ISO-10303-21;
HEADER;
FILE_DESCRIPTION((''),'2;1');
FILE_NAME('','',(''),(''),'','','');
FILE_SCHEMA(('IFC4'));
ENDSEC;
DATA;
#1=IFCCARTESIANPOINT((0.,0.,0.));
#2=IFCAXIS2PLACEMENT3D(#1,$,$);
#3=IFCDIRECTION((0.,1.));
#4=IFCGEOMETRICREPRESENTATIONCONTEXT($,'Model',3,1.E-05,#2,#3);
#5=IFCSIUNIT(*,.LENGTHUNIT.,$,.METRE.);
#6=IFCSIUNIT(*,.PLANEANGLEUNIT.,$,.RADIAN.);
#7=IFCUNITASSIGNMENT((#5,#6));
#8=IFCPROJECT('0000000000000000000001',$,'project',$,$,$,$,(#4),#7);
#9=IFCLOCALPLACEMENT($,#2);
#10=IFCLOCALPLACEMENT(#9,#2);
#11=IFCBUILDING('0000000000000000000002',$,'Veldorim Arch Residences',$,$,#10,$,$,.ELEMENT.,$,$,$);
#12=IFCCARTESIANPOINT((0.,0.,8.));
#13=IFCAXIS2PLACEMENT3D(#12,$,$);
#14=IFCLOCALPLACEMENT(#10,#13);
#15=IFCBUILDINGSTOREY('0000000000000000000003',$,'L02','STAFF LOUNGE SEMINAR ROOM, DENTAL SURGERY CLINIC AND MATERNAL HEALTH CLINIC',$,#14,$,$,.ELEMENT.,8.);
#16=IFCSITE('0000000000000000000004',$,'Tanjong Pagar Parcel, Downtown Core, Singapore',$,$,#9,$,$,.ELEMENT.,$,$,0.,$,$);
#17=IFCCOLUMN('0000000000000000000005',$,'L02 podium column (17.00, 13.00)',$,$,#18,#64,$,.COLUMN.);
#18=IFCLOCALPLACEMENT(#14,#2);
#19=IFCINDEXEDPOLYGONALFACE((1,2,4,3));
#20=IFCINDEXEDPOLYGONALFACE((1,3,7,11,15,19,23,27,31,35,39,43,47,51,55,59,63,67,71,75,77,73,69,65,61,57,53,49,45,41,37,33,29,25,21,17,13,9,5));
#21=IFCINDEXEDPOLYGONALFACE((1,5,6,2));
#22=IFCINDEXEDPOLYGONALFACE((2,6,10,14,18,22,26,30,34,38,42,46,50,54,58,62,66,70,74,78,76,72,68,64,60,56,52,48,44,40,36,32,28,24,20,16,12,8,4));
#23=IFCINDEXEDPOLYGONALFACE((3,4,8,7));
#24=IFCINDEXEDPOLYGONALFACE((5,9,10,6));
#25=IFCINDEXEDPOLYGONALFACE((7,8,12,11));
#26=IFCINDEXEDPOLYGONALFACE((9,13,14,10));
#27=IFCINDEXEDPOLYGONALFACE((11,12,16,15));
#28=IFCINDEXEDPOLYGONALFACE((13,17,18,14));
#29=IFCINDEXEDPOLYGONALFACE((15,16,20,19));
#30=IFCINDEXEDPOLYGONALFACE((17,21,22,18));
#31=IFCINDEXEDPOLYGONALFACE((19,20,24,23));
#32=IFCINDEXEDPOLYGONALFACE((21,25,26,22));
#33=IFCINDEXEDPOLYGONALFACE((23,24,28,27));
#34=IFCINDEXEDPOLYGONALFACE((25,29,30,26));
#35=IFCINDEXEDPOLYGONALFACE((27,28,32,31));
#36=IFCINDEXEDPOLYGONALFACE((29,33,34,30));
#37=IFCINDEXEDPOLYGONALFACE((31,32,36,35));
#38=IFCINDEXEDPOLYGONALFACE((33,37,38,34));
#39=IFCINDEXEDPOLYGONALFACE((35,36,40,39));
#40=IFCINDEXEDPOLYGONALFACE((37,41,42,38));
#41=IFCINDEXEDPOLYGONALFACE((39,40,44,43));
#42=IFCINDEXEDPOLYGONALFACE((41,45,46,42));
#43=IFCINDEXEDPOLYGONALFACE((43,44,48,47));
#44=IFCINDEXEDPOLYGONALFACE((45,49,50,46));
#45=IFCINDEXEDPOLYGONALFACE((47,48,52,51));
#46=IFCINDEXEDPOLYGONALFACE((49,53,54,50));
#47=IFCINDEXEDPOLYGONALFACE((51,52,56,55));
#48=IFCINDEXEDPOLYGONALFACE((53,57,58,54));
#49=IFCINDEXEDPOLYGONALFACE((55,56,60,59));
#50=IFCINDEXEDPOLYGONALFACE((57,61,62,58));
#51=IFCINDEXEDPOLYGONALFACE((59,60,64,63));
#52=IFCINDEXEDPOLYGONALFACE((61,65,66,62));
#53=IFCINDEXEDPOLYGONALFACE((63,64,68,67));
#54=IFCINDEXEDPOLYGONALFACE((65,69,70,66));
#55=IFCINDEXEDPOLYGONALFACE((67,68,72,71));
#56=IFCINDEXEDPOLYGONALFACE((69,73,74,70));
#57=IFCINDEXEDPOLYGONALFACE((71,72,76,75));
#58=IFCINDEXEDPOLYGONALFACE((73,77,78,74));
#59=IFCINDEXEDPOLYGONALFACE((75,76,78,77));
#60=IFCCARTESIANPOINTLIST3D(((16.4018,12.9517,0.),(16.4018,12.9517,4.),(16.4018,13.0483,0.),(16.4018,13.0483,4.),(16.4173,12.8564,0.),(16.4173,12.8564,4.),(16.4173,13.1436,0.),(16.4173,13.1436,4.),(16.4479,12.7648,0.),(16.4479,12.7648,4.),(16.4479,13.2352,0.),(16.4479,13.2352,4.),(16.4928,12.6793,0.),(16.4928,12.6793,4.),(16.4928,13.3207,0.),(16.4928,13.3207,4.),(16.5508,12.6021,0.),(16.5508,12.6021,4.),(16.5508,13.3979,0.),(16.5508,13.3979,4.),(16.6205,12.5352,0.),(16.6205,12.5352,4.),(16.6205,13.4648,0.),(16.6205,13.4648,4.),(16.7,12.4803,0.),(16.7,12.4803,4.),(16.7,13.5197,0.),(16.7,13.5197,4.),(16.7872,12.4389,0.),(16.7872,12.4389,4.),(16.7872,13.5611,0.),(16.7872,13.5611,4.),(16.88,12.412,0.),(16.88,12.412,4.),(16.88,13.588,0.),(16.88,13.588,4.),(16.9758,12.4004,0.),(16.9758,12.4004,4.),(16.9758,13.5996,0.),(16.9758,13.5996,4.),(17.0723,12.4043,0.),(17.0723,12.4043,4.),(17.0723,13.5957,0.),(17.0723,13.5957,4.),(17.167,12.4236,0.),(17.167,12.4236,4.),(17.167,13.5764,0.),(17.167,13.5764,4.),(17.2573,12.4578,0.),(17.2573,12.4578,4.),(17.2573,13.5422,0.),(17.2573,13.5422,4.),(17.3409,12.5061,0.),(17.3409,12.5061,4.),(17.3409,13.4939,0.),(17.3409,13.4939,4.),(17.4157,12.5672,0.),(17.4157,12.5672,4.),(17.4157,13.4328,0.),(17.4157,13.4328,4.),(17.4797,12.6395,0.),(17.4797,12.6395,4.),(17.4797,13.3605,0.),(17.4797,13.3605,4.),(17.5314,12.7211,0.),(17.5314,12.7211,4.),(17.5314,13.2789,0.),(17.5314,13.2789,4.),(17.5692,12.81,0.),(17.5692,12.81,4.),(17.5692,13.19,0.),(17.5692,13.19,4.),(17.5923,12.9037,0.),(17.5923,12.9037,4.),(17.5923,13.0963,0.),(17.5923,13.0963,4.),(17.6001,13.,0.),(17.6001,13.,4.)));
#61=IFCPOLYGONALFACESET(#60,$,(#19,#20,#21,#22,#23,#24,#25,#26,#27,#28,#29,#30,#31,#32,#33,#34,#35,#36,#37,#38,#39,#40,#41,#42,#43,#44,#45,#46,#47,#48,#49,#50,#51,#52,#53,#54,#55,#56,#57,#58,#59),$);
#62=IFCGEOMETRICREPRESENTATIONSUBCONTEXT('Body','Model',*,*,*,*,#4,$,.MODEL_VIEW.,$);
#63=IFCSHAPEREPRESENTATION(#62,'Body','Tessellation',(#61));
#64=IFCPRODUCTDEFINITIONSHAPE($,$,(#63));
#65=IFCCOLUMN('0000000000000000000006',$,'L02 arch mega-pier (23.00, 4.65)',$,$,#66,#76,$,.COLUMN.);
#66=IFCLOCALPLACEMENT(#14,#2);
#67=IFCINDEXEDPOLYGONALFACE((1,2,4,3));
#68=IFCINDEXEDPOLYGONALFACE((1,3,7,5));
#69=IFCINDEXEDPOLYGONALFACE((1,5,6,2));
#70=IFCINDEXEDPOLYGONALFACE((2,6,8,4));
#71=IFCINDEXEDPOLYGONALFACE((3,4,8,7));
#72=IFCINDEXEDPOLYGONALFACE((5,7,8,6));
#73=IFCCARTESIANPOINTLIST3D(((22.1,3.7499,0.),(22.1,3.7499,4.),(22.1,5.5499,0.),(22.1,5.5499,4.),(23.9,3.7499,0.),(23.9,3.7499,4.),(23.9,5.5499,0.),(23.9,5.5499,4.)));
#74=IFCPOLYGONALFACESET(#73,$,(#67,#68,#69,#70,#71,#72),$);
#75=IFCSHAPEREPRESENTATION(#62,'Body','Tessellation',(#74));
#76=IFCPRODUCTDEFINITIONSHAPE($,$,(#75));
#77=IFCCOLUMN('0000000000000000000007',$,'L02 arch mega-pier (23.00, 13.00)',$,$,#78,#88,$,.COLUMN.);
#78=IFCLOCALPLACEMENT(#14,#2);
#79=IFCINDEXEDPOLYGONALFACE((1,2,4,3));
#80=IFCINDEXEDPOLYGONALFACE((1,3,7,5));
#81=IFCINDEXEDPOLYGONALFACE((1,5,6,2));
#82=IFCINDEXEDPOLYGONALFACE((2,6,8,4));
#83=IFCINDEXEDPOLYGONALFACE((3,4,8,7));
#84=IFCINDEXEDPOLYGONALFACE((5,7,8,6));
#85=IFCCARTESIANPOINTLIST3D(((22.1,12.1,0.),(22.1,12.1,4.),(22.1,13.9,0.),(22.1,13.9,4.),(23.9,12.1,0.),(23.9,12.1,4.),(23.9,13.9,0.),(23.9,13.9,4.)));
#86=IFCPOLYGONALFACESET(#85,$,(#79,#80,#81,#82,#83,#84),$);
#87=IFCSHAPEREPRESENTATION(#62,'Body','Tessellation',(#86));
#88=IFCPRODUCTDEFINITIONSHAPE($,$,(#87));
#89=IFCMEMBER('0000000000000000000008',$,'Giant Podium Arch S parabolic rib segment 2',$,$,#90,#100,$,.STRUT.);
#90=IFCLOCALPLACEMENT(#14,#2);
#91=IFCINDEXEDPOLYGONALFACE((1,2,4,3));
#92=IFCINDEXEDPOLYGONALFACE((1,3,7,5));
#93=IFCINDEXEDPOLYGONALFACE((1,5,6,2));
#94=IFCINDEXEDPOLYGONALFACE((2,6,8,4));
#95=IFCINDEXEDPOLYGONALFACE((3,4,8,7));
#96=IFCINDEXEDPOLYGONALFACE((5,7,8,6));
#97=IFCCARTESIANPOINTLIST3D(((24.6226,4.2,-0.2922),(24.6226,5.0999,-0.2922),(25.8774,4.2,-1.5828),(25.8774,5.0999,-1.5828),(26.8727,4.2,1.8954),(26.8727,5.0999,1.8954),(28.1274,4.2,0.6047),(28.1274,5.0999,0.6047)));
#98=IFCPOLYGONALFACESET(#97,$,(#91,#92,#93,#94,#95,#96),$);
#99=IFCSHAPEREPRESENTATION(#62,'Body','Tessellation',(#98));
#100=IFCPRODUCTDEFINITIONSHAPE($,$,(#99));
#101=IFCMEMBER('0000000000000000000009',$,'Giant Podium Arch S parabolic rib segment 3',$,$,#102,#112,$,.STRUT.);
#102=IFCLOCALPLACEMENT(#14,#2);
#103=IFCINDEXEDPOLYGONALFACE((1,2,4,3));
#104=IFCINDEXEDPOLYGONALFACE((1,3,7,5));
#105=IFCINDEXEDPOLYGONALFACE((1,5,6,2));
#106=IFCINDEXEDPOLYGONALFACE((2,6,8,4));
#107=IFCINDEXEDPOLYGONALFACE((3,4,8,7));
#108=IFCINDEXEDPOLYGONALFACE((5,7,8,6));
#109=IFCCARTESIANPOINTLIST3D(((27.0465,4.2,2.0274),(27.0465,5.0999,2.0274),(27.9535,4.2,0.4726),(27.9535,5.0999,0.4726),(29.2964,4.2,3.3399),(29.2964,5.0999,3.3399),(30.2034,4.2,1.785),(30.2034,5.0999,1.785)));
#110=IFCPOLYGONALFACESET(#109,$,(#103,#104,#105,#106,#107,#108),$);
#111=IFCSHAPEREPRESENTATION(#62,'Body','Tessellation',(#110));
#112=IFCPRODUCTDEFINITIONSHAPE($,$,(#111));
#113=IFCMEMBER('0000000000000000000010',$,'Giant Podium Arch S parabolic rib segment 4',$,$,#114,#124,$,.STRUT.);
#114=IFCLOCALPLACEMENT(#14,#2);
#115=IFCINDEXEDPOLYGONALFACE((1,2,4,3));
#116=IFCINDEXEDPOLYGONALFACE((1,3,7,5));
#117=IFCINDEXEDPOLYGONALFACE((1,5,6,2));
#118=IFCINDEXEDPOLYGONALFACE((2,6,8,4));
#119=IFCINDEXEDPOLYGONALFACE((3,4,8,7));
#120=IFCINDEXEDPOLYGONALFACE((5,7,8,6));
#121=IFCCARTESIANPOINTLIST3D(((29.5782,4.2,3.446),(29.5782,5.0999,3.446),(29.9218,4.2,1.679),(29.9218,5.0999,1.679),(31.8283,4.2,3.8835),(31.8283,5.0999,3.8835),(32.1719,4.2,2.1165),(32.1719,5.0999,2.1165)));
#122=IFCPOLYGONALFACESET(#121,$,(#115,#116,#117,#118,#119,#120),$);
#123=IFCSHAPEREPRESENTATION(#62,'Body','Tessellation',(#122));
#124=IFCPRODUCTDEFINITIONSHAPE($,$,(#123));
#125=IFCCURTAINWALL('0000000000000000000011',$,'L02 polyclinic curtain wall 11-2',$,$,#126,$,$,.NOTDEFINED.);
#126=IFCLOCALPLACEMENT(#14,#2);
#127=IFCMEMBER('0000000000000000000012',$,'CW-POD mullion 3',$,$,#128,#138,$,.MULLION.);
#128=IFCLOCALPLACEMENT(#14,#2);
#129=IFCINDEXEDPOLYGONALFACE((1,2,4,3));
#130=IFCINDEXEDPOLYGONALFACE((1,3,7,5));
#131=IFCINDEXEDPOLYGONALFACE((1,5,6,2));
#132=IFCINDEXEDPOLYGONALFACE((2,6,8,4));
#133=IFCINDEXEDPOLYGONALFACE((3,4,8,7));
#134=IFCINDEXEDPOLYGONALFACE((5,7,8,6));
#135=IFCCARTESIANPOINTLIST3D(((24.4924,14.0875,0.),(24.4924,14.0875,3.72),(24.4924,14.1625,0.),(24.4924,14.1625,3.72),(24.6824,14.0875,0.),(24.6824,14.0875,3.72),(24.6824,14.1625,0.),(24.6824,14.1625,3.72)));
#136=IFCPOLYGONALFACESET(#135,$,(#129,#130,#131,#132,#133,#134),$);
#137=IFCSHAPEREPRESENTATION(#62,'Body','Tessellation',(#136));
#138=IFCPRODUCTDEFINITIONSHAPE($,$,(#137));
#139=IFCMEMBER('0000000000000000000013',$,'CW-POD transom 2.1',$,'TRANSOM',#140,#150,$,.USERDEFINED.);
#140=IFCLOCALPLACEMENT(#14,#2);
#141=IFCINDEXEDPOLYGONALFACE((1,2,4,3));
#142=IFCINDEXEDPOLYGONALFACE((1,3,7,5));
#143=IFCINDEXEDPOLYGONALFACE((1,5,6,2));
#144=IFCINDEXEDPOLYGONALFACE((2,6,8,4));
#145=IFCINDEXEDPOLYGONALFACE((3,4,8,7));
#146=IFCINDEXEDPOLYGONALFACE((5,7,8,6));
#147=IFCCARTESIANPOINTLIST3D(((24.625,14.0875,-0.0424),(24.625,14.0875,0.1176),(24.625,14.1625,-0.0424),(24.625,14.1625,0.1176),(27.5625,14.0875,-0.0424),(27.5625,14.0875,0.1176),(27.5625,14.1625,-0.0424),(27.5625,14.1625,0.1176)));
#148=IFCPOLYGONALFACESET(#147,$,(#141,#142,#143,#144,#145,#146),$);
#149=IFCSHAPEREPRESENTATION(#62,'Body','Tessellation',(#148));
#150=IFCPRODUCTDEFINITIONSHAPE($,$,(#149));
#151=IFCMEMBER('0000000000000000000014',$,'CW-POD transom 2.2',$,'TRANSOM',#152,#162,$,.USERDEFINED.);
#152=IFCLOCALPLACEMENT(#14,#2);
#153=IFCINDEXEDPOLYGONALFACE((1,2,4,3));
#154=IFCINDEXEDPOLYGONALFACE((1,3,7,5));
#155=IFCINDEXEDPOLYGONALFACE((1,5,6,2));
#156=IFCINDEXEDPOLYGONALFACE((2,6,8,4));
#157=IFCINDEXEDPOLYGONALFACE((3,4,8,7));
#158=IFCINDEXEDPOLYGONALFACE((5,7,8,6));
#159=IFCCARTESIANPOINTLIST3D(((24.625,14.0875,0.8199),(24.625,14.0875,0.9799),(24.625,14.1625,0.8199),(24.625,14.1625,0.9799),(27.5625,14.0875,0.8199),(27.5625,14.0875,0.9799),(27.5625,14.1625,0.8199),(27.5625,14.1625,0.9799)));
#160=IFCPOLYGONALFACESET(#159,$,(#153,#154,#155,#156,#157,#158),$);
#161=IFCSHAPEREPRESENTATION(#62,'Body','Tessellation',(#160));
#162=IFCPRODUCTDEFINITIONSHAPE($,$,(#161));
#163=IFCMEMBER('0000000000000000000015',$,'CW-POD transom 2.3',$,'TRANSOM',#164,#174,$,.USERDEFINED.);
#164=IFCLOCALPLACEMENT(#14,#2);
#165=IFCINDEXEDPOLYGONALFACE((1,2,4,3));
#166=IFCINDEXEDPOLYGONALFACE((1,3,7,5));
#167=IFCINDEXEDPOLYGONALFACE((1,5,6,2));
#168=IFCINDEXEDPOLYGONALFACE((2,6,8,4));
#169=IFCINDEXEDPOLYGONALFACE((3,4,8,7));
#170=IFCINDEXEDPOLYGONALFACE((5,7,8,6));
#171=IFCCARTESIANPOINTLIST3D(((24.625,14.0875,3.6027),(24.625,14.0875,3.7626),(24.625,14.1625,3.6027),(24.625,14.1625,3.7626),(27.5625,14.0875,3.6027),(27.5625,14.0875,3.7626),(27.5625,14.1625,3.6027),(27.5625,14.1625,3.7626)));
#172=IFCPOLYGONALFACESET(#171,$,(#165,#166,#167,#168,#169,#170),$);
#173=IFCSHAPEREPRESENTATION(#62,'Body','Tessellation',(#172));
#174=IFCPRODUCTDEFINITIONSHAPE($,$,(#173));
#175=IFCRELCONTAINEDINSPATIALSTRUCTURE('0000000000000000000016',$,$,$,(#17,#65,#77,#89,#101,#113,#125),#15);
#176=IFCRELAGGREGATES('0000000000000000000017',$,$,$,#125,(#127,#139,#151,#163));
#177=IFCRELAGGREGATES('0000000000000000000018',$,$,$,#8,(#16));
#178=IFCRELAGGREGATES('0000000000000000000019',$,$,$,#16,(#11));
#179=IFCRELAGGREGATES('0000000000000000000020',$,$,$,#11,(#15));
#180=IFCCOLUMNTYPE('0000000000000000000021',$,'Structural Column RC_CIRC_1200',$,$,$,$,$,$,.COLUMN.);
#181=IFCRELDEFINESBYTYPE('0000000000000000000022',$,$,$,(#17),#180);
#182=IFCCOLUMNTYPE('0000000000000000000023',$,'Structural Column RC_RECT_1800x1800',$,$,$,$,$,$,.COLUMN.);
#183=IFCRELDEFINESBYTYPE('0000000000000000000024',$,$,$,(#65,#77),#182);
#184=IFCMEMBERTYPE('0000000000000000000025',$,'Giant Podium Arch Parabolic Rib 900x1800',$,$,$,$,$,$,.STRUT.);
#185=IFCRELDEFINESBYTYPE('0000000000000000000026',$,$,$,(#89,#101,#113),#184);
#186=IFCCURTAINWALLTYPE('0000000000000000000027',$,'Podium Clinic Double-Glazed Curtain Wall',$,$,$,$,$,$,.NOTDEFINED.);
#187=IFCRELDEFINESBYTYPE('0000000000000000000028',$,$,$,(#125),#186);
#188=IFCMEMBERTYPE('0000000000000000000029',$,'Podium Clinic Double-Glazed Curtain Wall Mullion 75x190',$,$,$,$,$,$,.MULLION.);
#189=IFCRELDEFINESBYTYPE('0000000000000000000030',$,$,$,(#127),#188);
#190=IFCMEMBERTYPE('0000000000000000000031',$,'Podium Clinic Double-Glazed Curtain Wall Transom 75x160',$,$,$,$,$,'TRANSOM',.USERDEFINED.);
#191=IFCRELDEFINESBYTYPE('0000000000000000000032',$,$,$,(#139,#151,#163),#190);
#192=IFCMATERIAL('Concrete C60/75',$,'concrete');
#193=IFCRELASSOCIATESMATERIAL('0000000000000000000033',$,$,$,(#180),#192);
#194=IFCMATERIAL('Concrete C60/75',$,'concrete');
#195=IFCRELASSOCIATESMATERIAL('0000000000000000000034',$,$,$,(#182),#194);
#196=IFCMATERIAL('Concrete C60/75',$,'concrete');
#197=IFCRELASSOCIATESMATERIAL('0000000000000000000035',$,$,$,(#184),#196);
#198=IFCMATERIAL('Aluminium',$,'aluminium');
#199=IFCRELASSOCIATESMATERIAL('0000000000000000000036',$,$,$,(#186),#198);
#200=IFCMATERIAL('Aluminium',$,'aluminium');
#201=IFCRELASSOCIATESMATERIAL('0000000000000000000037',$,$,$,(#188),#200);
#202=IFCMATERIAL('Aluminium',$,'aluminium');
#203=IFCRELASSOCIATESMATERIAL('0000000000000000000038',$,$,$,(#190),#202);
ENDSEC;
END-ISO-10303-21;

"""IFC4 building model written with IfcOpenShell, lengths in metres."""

from ifc_helpers import new_model, si_unit, direction, frame, origin, origin_2d, place, context, subcontext, project, spatial, rectangle, circle, extrude, material, material_profile, profile_set, type_object, element, aggregate, save


model = new_model("IFC4")

# Units and contexts
model_context = context("Model", 3, precision=1e-05, world=origin(), true_north=direction((0.0, 1.0)))
body_context = subcontext(model_context, "Body", "Model", "MODEL_VIEW")
ifc_project = project(units=[si_unit("LENGTHUNIT", "METRE"), si_unit("PLANEANGLEUNIT", "RADIAN")], contexts=[model_context])

# Site, building, storey
site_placement = place(None, origin())
site = spatial("IfcSite", under=ifc_project, at=site_placement, Name="Tanjong Pagar Parcel, Downtown Core, Singapore", CompositionType="ELEMENT", RefElevation=0.0)
building_placement = place(site_placement, origin())
building = spatial("IfcBuilding", under=site, at=building_placement, Name="Veldorim Arch Residences", CompositionType="ELEMENT")
storey_placement = place(building_placement, frame((0.0, 0.0, 8.0)))
storey = spatial("IfcBuildingStorey", under=building, at=storey_placement, Name="L02", Description="STAFF LOUNGE SEMINAR ROOM, DENTAL SURGERY CLINIC AND MATERNAL HEALTH CLINIC", CompositionType="ELEMENT", Elevation=8.0)

# Columns
ifc_material_1 = material(Name="Concrete C60/75", Category="concrete")
ifc_material_profile_1 = material_profile(ifc_material_1, circle(Radius=0.6001, at=origin_2d()), Name="RC_CIRC_1200")
ifc_profile_set_1 = profile_set([ifc_material_profile_1], Name="Concrete C60/75")
column_type_1 = type_object("IfcColumnType", Name="Structural Column RC_CIRC_1200", PredefinedType="COLUMN", material=ifc_profile_set_1)
column_placement = place(storey_placement, frame((17.0, 13.0, 0.0), z_axis=(0.0, 0.0, 1.0), x_axis=(1.0, 0.0, 0.0)))
element("IfcColumn", 1, at=column_placement, inside=storey, type_object=column_type_1, Name="L02 podium column (17.00, 13.00)", PredefinedType="COLUMN", context=body_context, shape_type="SweptSolid", body=[
    extrude(circle(Radius=0.6001, at=origin_2d()), origin(), (0.0, 0.0, 1.0), 4.0),
])
ifc_material_2 = material(Name="Concrete C60/75", Category="concrete")
ifc_material_profile_2 = material_profile(ifc_material_2, rectangle(XDim=1.8, YDim=1.8, at=origin_2d()), Name="RC_RECT_1800x1800")
ifc_profile_set_2 = profile_set([ifc_material_profile_2], Name="Concrete C60/75")
column_type_2 = type_object("IfcColumnType", Name="Structural Column RC_RECT_1800x1800", PredefinedType="COLUMN", material=ifc_profile_set_2)
for number, where, z_axis, x_axis, name in (
    (2, (23.0, 4.6499, 0.0), (0.0, 0.0, 1.0), (1.0, 0.0, 0.0), "L02 arch mega-pier (23.00, 4.65)"),
    (3, (23.0, 13.0, 0.0), (0.0, 0.0, 1.0), (1.0, 0.0, 0.0), "L02 arch mega-pier (23.00, 13.00)"),
):
    element("IfcColumn", number, at=place(storey_placement, frame(where, z_axis=z_axis, x_axis=x_axis)), inside=storey, type_object=column_type_2, Name=name, PredefinedType="COLUMN", context=body_context, shape_type="SweptSolid", body=[
        extrude(rectangle(XDim=1.8, YDim=1.8, at=origin_2d()), origin(), (0.0, 0.0, 1.0), 4.0),
    ])

# Members
ifc_material_3 = material(Name="Concrete C60/75", Category="concrete")
ifc_material_profile_3 = material_profile(ifc_material_3, rectangle(XDim=0.8999, YDim=1.8, at=origin_2d()), Name="RC_RECT_900x1800")
ifc_profile_set_3 = profile_set([ifc_material_profile_3], Name="Concrete C60/75")
member_type_1 = type_object("IfcMemberType", Name="Giant Podium Arch Parabolic Rib 900x1800", PredefinedType="STRUT", material=ifc_profile_set_3)
member_1_placement = place(storey_placement, frame((25.25, 4.6499, -0.9375), z_axis=(0.716995, 0.0, 0.697078), x_axis=(0.0, 1.0, 0.0)))
element("IfcMember", 4, at=member_1_placement, inside=storey, type_object=member_type_1, Name="Giant Podium Arch S parabolic rib segment 2", PredefinedType="STRUT", context=body_context, shape_type="SweptSolid", body=[
    extrude(rectangle(XDim=0.8999, YDim=1.8, at=origin_2d()), origin(), (0.0, 0.0, 1.0), 3.1382),
])
member_2_placement = place(storey_placement, frame((27.5, 4.6499, 1.25), z_axis=(0.863779, 0.0, 0.503871), x_axis=(0.0, 1.0, 0.0)))
element("IfcMember", 5, at=member_2_placement, inside=storey, type_object=member_type_1, Name="Giant Podium Arch S parabolic rib segment 3", PredefinedType="STRUT", context=body_context, shape_type="SweptSolid", body=[
    extrude(rectangle(XDim=0.8999, YDim=1.8, at=origin_2d()), origin(), (0.0, 0.0, 1.0), 2.6047),
])
member_3_placement = place(storey_placement, frame((29.75, 4.6499, 2.5625), z_axis=(0.981615, 0.0, 0.19087), x_axis=(0.0, 1.0, 0.0)))
element("IfcMember", 6, at=member_3_placement, inside=storey, type_object=member_type_1, Name="Giant Podium Arch S parabolic rib segment 4", PredefinedType="STRUT", context=body_context, shape_type="SweptSolid", body=[
    extrude(rectangle(XDim=0.8999, YDim=1.8, at=origin_2d()), origin(), (0.0, 0.0, 1.0), 2.2922),
])

# Curtain wall, members
ifc_material_4 = material(Name="Aluminium", Category="aluminium")
curtain_wall_type = type_object("IfcCurtainWallType", Name="Podium Clinic Double-Glazed Curtain Wall", PredefinedType="NOTDEFINED", material=ifc_material_4)
curtain_wall_placement = place(storey_placement, origin())
curtain_wall = element("IfcCurtainWall", 7, at=curtain_wall_placement, inside=storey, type_object=curtain_wall_type, Name="L02 polyclinic curtain wall 11-2", PredefinedType="NOTDEFINED")
ifc_material_5 = material(Name="Aluminium", Category="aluminium")
ifc_material_profile_4 = material_profile(ifc_material_5, rectangle(XDim=0.075, YDim=0.1899, at=origin_2d()), Name="ALU_MUL_75x190")
ifc_profile_set_4 = profile_set([ifc_material_profile_4], Name="Aluminium")
member_type_2 = type_object("IfcMemberType", Name="Podium Clinic Double-Glazed Curtain Wall Mullion 75x190", PredefinedType="MULLION", material=ifc_profile_set_4)
member_4_placement = place(storey_placement, frame((24.5874, 14.125, 0.0), z_axis=(0.0, 0.0, 1.0), x_axis=(0.0, -1.0, 0.0)))
member_4 = element("IfcMember", 8, at=member_4_placement, type_object=member_type_2, Name="CW-POD mullion 3", PredefinedType="MULLION", context=body_context, shape_type="SweptSolid", body=[
    extrude(rectangle(XDim=0.075, YDim=0.1899, at=origin_2d()), origin(), (0.0, 0.0, 1.0), 3.72),
])
ifc_material_6 = material(Name="Aluminium", Category="aluminium")
ifc_material_profile_5 = material_profile(ifc_material_6, rectangle(XDim=0.075, YDim=0.1599, at=origin_2d()), Name="ALU_TRN_75x160")
ifc_profile_set_5 = profile_set([ifc_material_profile_5], Name="Aluminium")
member_type_3 = type_object("IfcMemberType", Name="Podium Clinic Double-Glazed Curtain Wall Transom 75x160", ElementType="TRANSOM", PredefinedType="USERDEFINED", material=ifc_profile_set_5)
member_5_placement = place(storey_placement, frame((27.5625, 14.125, 0.0376), z_axis=(-1.0, 0.0, 0.0), x_axis=(0.0, -1.0, 0.0)))
member_5 = element("IfcMember", 9, at=member_5_placement, type_object=member_type_3, Name="CW-POD transom 2.1", ObjectType="TRANSOM", PredefinedType="USERDEFINED", context=body_context, shape_type="SweptSolid", body=[
    extrude(rectangle(XDim=0.075, YDim=0.1599, at=origin_2d()), origin(), (0.0, 0.0, 1.0), 2.9375),
])
member_6_placement = place(storey_placement, frame((27.5625, 14.125, 0.8999), z_axis=(-1.0, 0.0, 0.0), x_axis=(0.0, -1.0, 0.0)))
member_6 = element("IfcMember", 10, at=member_6_placement, type_object=member_type_3, Name="CW-POD transom 2.2", ObjectType="TRANSOM", PredefinedType="USERDEFINED", context=body_context, shape_type="SweptSolid", body=[
    extrude(rectangle(XDim=0.075, YDim=0.1599, at=origin_2d()), origin(), (0.0, 0.0, 1.0), 2.9375),
])
member_7_placement = place(storey_placement, frame((27.5625, 14.125, 3.6826), z_axis=(-1.0, 0.0, 0.0), x_axis=(0.0, -1.0, 0.0)))
member_7 = element("IfcMember", 11, at=member_7_placement, type_object=member_type_3, Name="CW-POD transom 2.3", ObjectType="TRANSOM", PredefinedType="USERDEFINED", context=body_context, shape_type="SweptSolid", body=[
    extrude(rectangle(XDim=0.075, YDim=0.1599, at=origin_2d()), origin(), (0.0, 0.0, 1.0), 2.9375),
])

aggregate(curtain_wall, [member_4, member_5, member_6, member_7])

save(model, "model.ifc")
